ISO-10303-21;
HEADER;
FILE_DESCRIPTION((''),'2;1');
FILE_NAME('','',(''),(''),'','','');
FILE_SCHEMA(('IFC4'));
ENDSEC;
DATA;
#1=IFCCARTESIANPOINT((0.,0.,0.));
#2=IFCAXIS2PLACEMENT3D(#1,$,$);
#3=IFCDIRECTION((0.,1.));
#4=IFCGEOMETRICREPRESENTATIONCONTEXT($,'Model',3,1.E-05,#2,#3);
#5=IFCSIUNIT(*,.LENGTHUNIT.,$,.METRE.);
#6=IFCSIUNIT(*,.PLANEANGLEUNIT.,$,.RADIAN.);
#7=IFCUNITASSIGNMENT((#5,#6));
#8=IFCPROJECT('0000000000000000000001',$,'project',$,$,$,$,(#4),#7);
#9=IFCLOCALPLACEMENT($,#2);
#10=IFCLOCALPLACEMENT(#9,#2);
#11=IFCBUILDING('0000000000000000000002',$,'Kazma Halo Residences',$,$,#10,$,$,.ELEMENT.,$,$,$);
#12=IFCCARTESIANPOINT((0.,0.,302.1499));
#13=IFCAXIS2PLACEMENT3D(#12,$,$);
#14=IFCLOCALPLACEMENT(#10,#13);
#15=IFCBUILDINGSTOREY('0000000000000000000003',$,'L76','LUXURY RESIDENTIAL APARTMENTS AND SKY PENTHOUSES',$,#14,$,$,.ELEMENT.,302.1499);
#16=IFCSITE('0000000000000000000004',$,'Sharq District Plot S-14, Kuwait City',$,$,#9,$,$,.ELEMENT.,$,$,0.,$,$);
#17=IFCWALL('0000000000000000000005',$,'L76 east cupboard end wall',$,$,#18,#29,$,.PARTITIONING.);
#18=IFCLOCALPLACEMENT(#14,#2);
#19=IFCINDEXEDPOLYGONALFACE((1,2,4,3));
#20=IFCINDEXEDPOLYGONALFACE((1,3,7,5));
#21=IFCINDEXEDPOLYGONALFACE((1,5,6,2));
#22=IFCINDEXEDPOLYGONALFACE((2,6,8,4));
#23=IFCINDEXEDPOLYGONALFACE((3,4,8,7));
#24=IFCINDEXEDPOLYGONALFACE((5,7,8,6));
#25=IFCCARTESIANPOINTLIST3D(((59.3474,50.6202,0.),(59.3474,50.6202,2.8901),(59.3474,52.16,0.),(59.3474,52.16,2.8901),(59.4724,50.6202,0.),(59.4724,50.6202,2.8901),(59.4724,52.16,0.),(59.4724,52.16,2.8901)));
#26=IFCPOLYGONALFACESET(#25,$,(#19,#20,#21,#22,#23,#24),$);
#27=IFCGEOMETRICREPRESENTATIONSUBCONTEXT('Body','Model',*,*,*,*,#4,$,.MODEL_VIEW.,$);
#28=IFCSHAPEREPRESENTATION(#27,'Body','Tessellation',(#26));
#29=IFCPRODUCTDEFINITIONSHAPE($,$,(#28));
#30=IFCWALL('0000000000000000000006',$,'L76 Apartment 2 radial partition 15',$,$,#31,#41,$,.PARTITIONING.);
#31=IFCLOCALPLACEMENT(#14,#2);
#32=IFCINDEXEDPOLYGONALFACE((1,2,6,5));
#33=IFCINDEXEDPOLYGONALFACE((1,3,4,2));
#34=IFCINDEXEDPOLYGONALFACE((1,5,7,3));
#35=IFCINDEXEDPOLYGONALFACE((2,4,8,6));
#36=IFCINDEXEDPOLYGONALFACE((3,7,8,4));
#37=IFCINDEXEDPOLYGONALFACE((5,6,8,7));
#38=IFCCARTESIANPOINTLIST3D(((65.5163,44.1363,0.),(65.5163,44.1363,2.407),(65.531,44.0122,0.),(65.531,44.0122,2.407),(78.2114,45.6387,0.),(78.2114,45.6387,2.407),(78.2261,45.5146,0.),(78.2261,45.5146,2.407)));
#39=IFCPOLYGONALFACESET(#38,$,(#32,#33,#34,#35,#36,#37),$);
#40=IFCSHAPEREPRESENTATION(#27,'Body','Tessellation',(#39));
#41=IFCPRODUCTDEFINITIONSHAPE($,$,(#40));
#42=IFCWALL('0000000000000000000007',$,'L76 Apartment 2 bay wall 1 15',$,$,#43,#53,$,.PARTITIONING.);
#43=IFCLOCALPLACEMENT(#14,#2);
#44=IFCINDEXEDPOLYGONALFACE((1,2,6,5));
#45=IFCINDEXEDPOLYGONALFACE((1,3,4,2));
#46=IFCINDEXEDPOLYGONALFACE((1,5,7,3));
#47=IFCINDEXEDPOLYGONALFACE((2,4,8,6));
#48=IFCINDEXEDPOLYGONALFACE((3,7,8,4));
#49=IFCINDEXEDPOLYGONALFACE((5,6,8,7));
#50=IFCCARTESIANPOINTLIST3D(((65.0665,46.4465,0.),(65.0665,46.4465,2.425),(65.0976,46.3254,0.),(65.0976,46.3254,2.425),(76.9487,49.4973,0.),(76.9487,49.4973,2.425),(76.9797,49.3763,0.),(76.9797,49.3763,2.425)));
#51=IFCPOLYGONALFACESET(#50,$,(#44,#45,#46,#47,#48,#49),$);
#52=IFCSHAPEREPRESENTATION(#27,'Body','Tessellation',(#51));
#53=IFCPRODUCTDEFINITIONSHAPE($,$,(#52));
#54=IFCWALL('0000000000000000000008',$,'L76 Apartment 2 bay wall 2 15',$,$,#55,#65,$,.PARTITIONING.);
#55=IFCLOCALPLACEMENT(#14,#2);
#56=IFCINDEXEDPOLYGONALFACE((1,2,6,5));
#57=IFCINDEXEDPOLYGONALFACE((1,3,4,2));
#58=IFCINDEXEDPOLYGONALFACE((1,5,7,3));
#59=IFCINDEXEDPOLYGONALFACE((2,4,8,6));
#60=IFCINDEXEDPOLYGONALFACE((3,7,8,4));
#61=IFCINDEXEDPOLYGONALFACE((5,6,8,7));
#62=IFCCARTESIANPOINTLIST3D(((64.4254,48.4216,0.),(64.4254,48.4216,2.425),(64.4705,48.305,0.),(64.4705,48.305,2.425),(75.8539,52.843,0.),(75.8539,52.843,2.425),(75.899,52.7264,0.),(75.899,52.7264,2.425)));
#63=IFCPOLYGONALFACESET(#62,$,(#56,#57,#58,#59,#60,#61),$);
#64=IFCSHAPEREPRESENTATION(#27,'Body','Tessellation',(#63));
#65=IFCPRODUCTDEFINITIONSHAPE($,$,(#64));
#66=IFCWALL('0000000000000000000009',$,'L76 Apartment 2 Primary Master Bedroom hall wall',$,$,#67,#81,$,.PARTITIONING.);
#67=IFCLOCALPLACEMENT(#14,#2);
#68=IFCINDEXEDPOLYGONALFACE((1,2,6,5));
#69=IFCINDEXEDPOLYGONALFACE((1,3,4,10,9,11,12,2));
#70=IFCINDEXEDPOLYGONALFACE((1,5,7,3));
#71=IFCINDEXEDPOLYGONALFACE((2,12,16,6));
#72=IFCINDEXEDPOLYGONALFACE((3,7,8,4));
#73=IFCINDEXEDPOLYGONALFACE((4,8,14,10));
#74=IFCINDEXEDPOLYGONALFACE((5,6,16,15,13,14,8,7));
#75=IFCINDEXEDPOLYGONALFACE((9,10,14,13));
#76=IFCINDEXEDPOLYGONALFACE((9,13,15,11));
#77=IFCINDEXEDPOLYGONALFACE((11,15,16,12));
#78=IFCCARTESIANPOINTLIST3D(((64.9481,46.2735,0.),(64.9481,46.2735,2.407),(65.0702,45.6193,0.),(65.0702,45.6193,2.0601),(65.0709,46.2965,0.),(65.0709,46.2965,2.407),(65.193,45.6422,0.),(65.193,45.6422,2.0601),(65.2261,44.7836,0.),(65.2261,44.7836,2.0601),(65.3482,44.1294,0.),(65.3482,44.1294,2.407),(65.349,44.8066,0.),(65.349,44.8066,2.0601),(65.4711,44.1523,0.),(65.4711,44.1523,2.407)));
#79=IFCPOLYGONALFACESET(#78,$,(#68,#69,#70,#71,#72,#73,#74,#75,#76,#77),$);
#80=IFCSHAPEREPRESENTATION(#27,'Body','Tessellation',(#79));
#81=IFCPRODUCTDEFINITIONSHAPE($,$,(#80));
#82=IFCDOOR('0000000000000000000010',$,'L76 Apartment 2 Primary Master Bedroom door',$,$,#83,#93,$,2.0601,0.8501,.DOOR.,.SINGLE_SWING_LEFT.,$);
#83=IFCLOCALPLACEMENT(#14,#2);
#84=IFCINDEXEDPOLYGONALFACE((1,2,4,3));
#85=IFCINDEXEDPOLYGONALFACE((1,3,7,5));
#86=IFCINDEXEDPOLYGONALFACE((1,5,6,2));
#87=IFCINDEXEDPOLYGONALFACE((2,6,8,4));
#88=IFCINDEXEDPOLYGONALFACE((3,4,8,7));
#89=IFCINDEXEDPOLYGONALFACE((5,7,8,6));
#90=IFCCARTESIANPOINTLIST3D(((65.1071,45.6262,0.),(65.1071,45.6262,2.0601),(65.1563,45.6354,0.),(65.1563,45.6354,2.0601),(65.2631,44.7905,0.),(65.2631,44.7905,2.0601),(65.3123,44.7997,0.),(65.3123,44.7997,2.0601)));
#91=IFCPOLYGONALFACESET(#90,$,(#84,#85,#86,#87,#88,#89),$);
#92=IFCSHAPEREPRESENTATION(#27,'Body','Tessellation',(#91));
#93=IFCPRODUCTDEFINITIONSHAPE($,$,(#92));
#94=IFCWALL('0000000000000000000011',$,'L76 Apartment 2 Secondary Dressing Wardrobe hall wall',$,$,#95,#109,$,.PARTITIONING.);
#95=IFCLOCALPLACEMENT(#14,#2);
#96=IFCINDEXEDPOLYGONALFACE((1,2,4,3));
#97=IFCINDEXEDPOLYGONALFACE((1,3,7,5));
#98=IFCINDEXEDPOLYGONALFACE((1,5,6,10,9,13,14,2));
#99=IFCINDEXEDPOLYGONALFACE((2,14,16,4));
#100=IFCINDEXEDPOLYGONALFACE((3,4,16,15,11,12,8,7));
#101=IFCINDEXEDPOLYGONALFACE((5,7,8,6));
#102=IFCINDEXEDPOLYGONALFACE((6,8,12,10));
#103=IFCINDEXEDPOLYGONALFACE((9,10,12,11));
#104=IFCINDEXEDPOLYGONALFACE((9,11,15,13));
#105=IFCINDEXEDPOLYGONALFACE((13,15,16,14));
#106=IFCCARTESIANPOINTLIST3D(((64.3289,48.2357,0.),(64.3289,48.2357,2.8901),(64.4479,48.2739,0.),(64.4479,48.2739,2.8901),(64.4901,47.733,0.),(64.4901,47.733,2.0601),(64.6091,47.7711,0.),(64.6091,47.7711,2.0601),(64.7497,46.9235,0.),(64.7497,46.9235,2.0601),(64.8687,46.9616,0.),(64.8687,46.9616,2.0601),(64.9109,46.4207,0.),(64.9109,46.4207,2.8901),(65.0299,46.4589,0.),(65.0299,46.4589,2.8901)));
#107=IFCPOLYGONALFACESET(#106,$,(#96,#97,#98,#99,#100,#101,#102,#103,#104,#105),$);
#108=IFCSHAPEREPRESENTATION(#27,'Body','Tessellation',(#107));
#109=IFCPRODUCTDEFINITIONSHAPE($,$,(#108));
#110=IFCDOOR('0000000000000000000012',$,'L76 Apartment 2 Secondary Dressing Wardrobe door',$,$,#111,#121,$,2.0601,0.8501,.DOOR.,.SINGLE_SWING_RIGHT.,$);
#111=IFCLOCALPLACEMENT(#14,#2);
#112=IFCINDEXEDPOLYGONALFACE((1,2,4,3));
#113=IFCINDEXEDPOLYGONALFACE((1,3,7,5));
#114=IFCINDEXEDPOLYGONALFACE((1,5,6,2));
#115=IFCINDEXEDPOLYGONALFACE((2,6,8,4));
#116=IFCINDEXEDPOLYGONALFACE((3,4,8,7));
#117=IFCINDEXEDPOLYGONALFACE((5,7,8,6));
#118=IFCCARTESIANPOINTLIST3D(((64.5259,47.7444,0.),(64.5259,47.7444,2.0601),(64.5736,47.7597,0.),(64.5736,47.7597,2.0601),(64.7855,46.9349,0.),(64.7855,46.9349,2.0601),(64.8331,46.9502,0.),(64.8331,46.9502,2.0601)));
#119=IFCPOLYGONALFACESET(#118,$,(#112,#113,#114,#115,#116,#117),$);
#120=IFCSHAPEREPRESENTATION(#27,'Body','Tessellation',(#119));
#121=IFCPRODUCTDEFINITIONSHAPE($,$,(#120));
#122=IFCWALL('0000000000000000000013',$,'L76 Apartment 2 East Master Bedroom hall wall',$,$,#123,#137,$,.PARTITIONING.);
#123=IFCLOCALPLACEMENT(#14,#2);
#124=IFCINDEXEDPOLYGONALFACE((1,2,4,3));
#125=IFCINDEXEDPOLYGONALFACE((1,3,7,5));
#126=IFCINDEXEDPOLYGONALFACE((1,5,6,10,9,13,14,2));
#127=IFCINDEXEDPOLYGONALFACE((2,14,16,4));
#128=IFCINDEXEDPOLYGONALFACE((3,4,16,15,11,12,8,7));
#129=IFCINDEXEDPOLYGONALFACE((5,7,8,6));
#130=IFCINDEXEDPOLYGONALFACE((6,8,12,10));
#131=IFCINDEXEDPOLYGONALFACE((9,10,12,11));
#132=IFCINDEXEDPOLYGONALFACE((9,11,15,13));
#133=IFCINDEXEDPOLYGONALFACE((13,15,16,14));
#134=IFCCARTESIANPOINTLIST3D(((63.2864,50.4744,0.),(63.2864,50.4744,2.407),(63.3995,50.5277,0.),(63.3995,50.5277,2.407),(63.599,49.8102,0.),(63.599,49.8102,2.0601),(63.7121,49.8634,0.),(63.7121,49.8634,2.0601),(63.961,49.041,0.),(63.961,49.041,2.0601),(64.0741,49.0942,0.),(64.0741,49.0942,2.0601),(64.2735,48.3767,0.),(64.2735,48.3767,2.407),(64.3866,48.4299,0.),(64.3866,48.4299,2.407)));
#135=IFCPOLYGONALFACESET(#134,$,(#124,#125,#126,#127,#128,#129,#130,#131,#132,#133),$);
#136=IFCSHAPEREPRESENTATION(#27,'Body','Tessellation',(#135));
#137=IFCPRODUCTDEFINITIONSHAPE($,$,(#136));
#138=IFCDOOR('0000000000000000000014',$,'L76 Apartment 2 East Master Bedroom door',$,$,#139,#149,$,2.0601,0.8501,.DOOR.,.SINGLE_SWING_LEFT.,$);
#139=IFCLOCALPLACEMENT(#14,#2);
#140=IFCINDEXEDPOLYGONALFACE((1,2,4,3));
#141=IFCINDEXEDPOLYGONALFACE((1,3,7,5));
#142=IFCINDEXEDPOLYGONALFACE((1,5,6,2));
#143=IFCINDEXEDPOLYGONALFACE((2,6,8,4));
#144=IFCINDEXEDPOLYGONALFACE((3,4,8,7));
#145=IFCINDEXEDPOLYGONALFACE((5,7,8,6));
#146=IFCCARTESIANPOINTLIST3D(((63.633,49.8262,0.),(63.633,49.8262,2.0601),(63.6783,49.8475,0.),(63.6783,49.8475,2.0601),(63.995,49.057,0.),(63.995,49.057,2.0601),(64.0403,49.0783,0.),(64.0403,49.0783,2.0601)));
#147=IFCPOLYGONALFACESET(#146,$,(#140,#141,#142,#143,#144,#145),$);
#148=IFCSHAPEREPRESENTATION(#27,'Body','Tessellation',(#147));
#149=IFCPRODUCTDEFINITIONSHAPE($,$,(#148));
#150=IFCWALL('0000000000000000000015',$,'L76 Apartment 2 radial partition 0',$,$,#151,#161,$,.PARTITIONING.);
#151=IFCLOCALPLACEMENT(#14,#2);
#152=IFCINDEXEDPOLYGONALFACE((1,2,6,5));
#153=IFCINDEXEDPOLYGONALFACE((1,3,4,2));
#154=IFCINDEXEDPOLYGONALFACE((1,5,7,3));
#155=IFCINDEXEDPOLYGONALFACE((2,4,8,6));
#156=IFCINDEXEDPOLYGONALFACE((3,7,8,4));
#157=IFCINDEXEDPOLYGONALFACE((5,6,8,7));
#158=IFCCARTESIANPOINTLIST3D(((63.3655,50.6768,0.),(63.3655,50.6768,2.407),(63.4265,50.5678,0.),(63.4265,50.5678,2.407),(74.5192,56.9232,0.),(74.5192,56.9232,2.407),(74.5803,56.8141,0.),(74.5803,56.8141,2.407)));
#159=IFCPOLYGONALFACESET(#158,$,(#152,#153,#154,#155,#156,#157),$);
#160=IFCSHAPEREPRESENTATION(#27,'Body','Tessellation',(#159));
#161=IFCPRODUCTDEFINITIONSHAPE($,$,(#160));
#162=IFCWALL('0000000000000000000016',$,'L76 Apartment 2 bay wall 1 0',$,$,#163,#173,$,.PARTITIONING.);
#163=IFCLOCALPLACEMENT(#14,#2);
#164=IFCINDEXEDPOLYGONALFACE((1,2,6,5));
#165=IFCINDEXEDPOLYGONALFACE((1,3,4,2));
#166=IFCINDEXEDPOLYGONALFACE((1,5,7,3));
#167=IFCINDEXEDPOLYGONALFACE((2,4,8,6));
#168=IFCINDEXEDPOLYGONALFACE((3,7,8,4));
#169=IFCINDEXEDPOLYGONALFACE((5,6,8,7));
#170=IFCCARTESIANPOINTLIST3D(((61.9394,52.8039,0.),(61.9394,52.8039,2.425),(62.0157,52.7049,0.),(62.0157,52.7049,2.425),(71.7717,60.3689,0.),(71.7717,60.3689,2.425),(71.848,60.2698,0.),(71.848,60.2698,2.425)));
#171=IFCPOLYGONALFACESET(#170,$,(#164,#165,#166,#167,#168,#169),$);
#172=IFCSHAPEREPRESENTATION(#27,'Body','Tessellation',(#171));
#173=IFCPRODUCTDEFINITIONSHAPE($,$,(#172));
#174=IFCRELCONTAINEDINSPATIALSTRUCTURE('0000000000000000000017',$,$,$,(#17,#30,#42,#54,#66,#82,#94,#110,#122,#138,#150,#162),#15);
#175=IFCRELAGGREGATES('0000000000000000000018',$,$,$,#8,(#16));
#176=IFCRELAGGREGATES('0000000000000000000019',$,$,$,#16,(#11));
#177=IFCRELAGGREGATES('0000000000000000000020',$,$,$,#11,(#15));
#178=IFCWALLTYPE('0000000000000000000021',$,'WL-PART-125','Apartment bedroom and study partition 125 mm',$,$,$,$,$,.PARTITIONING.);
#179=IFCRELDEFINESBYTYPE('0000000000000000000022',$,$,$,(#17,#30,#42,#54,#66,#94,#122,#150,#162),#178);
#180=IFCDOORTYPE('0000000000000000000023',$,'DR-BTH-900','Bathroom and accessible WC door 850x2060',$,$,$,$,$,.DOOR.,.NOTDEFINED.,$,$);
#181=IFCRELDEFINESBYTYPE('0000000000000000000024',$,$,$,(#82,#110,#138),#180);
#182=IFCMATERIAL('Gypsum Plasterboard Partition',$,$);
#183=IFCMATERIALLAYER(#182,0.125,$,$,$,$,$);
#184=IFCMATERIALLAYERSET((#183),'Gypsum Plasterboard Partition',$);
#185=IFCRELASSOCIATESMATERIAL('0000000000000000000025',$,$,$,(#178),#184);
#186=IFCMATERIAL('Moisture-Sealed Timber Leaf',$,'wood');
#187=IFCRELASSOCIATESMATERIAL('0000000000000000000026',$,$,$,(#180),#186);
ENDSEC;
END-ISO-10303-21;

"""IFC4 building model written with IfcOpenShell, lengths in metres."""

from ifc_helpers import new_model, si_unit, direction, frame, frame_2d, origin, place, context, subcontext, project, spatial, rectangle, extrude, material, layer, layer_set, type_object, element, fill, save


model = new_model("IFC4")

# Units and contexts
model_context = context("Model", 3, precision=1e-05, world=origin(), true_north=direction((0.0, 1.0)))
body_context = subcontext(model_context, "Body", "Model", "MODEL_VIEW")
ifc_project = project(units=[si_unit("LENGTHUNIT", "METRE"), si_unit("PLANEANGLEUNIT", "RADIAN")], contexts=[model_context])

# Site, building, storey
site_placement = place(None, origin())
site = spatial("IfcSite", under=ifc_project, at=site_placement, Name="Sharq District Plot S-14, Kuwait City", CompositionType="ELEMENT", RefElevation=0.0)
building_placement = place(site_placement, origin())
building = spatial("IfcBuilding", under=site, at=building_placement, Name="Kazma Halo Residences", CompositionType="ELEMENT")
storey_placement = place(building_placement, frame((0.0, 0.0, 302.1499)))
storey = spatial("IfcBuildingStorey", under=building, at=storey_placement, Name="L76", Description="LUXURY RESIDENTIAL APARTMENTS AND SKY PENTHOUSES", CompositionType="ELEMENT", Elevation=302.1499)

# Walls
ifc_material_1 = material(Name="Gypsum Plasterboard Partition")
ifc_layer_1 = layer(ifc_material_1, 0.125)
ifc_layer_set_1 = layer_set([ifc_layer_1], Name="Gypsum Plasterboard Partition")
wall_type_1 = type_object("IfcWallType", Name="WL-PART-125", Description="Apartment bedroom and study partition 125 mm", PredefinedType="PARTITIONING", material=ifc_layer_set_1)
wall_1_placement = place(storey_placement, frame((59.4099, 50.6201, 0.0), z_axis=(0.0, 0.0, 1.0), x_axis=(0.0, 1.0, 0.0)))
element("IfcWall", 1, at=wall_1_placement, inside=storey, type_object=wall_type_1, Name="L76 east cupboard end wall", PredefinedType="PARTITIONING", context=body_context, shape_type="SweptSolid", body=[
    extrude(rectangle(XDim=1.5398, YDim=0.125, at=frame_2d((0.77, 0.0))), origin(), (0.0, 0.0, 1.0), 2.8901),
])
wall_2_placement = place(storey_placement, frame((65.5237, 44.0742, 0.0), z_axis=(0.0, 0.0, 1.0), x_axis=(0.99307, 0.117528, 0.0)))
element("IfcWall", 2, at=wall_2_placement, inside=storey, type_object=wall_type_1, Name="L76 Apartment 2 radial partition 15", PredefinedType="PARTITIONING", context=body_context, shape_type="SweptSolid", body=[
    extrude(rectangle(XDim=12.7837, YDim=0.125, at=frame_2d((6.3918, 0.0))), origin(), (0.0, 0.0, 1.0), 2.407),
])
wall_3_placement = place(storey_placement, frame((65.082, 46.386, 0.0), z_axis=(0.0, 0.0, 1.0), x_axis=(0.968584, 0.248688, 0.0)))
element("IfcWall", 3, at=wall_3_placement, inside=storey, type_object=wall_type_1, Name="L76 Apartment 2 bay wall 1 15", PredefinedType="PARTITIONING", context=body_context, shape_type="SweptSolid", body=[
    extrude(rectangle(XDim=12.2676, YDim=0.125, at=frame_2d((6.1338, 0.0))), origin(), (0.0, 0.0, 1.0), 2.425),
])
wall_4_placement = place(storey_placement, frame((64.448, 48.3633, 0.0), z_axis=(0.0, 0.0, 1.0), x_axis=(0.932638, 0.360814, 0.0)))
element("IfcWall", 4, at=wall_4_placement, inside=storey, type_object=wall_type_1, Name="L76 Apartment 2 bay wall 2 15", PredefinedType="PARTITIONING", context=body_context, shape_type="SweptSolid", body=[
    extrude(rectangle(XDim=12.2539, YDim=0.125, at=frame_2d((6.127, 0.0))), origin(), (0.0, 0.0, 1.0), 2.425),
])

# Walls, openings, doors
wall_5_placement = place(storey_placement, frame((65.4097, 44.1409, 0.0), z_axis=(0.0, 0.0, 1.0), x_axis=(-0.183464, 0.983026, 0.0)))
wall_5 = element("IfcWall", 5, at=wall_5_placement, inside=storey, type_object=wall_type_1, Name="L76 Apartment 2 Primary Master Bedroom hall wall", PredefinedType="PARTITIONING", context=body_context, shape_type="SweptSolid", body=[
    extrude(rectangle(XDim=2.1812, YDim=0.125, at=frame_2d((1.0906, 0.0))), origin(), (0.0, 0.0, 1.0), 2.407),
])
opening_1_placement = place(wall_5_placement, frame((0.6655, 0.0, 0.0)))
opening_1 = element("IfcOpeningElement", 6, at=opening_1_placement, cuts=wall_5, PredefinedType="OPENING", context=body_context, shape_type="SweptSolid", body=[
    extrude(rectangle(XDim=0.8501, YDim=2.0601, at=frame_2d((0.425, 1.03))), frame((0.0, 0.0725, 0.0), z_axis=(0.0, -1.0, 0.0), x_axis=(1.0, 0.0, 0.0)), (0.0, 0.0, 1.0), 0.145),
])
ifc_material_2 = material(Name="Moisture-Sealed Timber Leaf", Category="wood")
door_type = type_object("IfcDoorType", Name="DR-BTH-900", Description="Bathroom and accessible WC door 850x2060", OperationType="NOTDEFINED", PredefinedType="DOOR", material=ifc_material_2)
door_1_placement = place(opening_1_placement, origin())
door_1 = element("IfcDoor", 7, at=door_1_placement, inside=storey, type_object=door_type, Name="L76 Apartment 2 Primary Master Bedroom door", OperationType="SINGLE_SWING_LEFT", OverallHeight=2.0601, OverallWidth=0.8501, PredefinedType="DOOR", context=body_context, shape_type="SweptSolid", body=[
    extrude(rectangle(XDim=0.8501, YDim=2.0601, at=frame_2d((0.425, 1.03))), frame((0.0, 0.0249, 0.0), z_axis=(0.0, -1.0, 0.0), x_axis=(1.0, 0.0, 0.0)), (0.0, 0.0, 1.0), 0.05),
])
fill(opening_1, door_1)
wall_6_placement = place(storey_placement, frame((64.9705, 46.4397, 0.0), z_axis=(0.0, 0.0, 1.0), x_axis=(-0.305371, 0.952234, 0.0)))
wall_6 = element("IfcWall", 8, at=wall_6_placement, inside=storey, type_object=wall_type_1, Name="L76 Apartment 2 Secondary Dressing Wardrobe hall wall", PredefinedType="PARTITIONING", context=body_context, shape_type="SweptSolid", body=[
    extrude(rectangle(XDim=1.906, YDim=0.125, at=frame_2d((0.9531, 0.0))), origin(), (0.0, 0.0, 1.0), 2.8901),
])
opening_2_placement = place(wall_6_placement, frame((0.5281, 0.0, 0.0)))
opening_2 = element("IfcOpeningElement", 9, at=opening_2_placement, cuts=wall_6, PredefinedType="OPENING", context=body_context, shape_type="SweptSolid", body=[
    extrude(rectangle(XDim=0.8501, YDim=2.0601, at=frame_2d((0.425, 1.03))), frame((0.0, 0.0725, 0.0), z_axis=(0.0, -1.0, 0.0), x_axis=(1.0, 0.0, 0.0)), (0.0, 0.0, 1.0), 0.145),
])
door_2_placement = place(opening_2_placement, origin())
door_2 = element("IfcDoor", 10, at=door_2_placement, inside=storey, type_object=door_type, Name="L76 Apartment 2 Secondary Dressing Wardrobe door", OperationType="SINGLE_SWING_RIGHT", OverallHeight=2.0601, OverallWidth=0.8501, PredefinedType="DOOR", context=body_context, shape_type="SweptSolid", body=[
    extrude(rectangle(XDim=0.8501, YDim=2.0601, at=frame_2d((0.425, 1.03))), frame((0.0, 0.0249, 0.0), z_axis=(0.0, -1.0, 0.0), x_axis=(1.0, 0.0, 0.0)), (0.0, 0.0, 1.0), 0.05),
])
fill(opening_2, door_2)
wall_7_placement = place(storey_placement, frame((64.3301, 48.4033, 0.0), z_axis=(0.0, 0.0, 1.0), x_axis=(-0.425772, 0.904831, 0.0)))
wall_7 = element("IfcWall", 11, at=wall_7_placement, inside=storey, type_object=wall_type_1, Name="L76 Apartment 2 East Master Bedroom hall wall", PredefinedType="PARTITIONING", context=body_context, shape_type="SweptSolid", body=[
    extrude(rectangle(XDim=2.3184, YDim=0.125, at=frame_2d((1.1592, 0.0))), origin(), (0.0, 0.0, 1.0), 2.407),
])
opening_3_placement = place(wall_7_placement, frame((0.7341, 0.0, 0.0)))
opening_3 = element("IfcOpeningElement", 12, at=opening_3_placement, cuts=wall_7, PredefinedType="OPENING", context=body_context, shape_type="SweptSolid", body=[
    extrude(rectangle(XDim=0.8501, YDim=2.0601, at=frame_2d((0.425, 1.03))), frame((0.0, 0.0725, 0.0), z_axis=(0.0, -1.0, 0.0), x_axis=(1.0, 0.0, 0.0)), (0.0, 0.0, 1.0), 0.145),
])
door_3_placement = place(opening_3_placement, origin())
door_3 = element("IfcDoor", 13, at=door_3_placement, inside=storey, type_object=door_type, Name="L76 Apartment 2 East Master Bedroom door", OperationType="SINGLE_SWING_LEFT", OverallHeight=2.0601, OverallWidth=0.8501, PredefinedType="DOOR", context=body_context, shape_type="SweptSolid", body=[
    extrude(rectangle(XDim=0.8501, YDim=2.0601, at=frame_2d((0.425, 1.03))), frame((0.0, 0.0249, 0.0), z_axis=(0.0, -1.0, 0.0), x_axis=(1.0, 0.0, 0.0)), (0.0, 0.0, 1.0), 0.05),
])
fill(opening_3, door_3)

# Walls
wall_8_placement = place(storey_placement, frame((63.396, 50.6223, 0.0), z_axis=(0.0, 0.0, 1.0), x_axis=(0.872499, 0.488616, 0.0)))
element("IfcWall", 14, at=wall_8_placement, inside=storey, type_object=wall_type_1, Name="L76 Apartment 2 radial partition 0", PredefinedType="PARTITIONING", context=body_context, shape_type="SweptSolid", body=[
    extrude(rectangle(XDim=12.7837, YDim=0.125, at=frame_2d((6.3918, 0.0))), origin(), (0.0, 0.0, 1.0), 2.407),
])
wall_9_placement = place(storey_placement, frame((61.9775, 52.7544, 0.0), z_axis=(0.0, 0.0, 1.0), x_axis=(0.79256, 0.609794, 0.0)))
element("IfcWall", 15, at=wall_9_placement, inside=storey, type_object=wall_type_1, Name="L76 Apartment 2 bay wall 1 0", PredefinedType="PARTITIONING", context=body_context, shape_type="SweptSolid", body=[
    extrude(rectangle(XDim=12.4058, YDim=0.125, at=frame_2d((6.2029, 0.0))), origin(), (0.0, 0.0, 1.0), 2.425),
])

save(model, "model.ifc")
